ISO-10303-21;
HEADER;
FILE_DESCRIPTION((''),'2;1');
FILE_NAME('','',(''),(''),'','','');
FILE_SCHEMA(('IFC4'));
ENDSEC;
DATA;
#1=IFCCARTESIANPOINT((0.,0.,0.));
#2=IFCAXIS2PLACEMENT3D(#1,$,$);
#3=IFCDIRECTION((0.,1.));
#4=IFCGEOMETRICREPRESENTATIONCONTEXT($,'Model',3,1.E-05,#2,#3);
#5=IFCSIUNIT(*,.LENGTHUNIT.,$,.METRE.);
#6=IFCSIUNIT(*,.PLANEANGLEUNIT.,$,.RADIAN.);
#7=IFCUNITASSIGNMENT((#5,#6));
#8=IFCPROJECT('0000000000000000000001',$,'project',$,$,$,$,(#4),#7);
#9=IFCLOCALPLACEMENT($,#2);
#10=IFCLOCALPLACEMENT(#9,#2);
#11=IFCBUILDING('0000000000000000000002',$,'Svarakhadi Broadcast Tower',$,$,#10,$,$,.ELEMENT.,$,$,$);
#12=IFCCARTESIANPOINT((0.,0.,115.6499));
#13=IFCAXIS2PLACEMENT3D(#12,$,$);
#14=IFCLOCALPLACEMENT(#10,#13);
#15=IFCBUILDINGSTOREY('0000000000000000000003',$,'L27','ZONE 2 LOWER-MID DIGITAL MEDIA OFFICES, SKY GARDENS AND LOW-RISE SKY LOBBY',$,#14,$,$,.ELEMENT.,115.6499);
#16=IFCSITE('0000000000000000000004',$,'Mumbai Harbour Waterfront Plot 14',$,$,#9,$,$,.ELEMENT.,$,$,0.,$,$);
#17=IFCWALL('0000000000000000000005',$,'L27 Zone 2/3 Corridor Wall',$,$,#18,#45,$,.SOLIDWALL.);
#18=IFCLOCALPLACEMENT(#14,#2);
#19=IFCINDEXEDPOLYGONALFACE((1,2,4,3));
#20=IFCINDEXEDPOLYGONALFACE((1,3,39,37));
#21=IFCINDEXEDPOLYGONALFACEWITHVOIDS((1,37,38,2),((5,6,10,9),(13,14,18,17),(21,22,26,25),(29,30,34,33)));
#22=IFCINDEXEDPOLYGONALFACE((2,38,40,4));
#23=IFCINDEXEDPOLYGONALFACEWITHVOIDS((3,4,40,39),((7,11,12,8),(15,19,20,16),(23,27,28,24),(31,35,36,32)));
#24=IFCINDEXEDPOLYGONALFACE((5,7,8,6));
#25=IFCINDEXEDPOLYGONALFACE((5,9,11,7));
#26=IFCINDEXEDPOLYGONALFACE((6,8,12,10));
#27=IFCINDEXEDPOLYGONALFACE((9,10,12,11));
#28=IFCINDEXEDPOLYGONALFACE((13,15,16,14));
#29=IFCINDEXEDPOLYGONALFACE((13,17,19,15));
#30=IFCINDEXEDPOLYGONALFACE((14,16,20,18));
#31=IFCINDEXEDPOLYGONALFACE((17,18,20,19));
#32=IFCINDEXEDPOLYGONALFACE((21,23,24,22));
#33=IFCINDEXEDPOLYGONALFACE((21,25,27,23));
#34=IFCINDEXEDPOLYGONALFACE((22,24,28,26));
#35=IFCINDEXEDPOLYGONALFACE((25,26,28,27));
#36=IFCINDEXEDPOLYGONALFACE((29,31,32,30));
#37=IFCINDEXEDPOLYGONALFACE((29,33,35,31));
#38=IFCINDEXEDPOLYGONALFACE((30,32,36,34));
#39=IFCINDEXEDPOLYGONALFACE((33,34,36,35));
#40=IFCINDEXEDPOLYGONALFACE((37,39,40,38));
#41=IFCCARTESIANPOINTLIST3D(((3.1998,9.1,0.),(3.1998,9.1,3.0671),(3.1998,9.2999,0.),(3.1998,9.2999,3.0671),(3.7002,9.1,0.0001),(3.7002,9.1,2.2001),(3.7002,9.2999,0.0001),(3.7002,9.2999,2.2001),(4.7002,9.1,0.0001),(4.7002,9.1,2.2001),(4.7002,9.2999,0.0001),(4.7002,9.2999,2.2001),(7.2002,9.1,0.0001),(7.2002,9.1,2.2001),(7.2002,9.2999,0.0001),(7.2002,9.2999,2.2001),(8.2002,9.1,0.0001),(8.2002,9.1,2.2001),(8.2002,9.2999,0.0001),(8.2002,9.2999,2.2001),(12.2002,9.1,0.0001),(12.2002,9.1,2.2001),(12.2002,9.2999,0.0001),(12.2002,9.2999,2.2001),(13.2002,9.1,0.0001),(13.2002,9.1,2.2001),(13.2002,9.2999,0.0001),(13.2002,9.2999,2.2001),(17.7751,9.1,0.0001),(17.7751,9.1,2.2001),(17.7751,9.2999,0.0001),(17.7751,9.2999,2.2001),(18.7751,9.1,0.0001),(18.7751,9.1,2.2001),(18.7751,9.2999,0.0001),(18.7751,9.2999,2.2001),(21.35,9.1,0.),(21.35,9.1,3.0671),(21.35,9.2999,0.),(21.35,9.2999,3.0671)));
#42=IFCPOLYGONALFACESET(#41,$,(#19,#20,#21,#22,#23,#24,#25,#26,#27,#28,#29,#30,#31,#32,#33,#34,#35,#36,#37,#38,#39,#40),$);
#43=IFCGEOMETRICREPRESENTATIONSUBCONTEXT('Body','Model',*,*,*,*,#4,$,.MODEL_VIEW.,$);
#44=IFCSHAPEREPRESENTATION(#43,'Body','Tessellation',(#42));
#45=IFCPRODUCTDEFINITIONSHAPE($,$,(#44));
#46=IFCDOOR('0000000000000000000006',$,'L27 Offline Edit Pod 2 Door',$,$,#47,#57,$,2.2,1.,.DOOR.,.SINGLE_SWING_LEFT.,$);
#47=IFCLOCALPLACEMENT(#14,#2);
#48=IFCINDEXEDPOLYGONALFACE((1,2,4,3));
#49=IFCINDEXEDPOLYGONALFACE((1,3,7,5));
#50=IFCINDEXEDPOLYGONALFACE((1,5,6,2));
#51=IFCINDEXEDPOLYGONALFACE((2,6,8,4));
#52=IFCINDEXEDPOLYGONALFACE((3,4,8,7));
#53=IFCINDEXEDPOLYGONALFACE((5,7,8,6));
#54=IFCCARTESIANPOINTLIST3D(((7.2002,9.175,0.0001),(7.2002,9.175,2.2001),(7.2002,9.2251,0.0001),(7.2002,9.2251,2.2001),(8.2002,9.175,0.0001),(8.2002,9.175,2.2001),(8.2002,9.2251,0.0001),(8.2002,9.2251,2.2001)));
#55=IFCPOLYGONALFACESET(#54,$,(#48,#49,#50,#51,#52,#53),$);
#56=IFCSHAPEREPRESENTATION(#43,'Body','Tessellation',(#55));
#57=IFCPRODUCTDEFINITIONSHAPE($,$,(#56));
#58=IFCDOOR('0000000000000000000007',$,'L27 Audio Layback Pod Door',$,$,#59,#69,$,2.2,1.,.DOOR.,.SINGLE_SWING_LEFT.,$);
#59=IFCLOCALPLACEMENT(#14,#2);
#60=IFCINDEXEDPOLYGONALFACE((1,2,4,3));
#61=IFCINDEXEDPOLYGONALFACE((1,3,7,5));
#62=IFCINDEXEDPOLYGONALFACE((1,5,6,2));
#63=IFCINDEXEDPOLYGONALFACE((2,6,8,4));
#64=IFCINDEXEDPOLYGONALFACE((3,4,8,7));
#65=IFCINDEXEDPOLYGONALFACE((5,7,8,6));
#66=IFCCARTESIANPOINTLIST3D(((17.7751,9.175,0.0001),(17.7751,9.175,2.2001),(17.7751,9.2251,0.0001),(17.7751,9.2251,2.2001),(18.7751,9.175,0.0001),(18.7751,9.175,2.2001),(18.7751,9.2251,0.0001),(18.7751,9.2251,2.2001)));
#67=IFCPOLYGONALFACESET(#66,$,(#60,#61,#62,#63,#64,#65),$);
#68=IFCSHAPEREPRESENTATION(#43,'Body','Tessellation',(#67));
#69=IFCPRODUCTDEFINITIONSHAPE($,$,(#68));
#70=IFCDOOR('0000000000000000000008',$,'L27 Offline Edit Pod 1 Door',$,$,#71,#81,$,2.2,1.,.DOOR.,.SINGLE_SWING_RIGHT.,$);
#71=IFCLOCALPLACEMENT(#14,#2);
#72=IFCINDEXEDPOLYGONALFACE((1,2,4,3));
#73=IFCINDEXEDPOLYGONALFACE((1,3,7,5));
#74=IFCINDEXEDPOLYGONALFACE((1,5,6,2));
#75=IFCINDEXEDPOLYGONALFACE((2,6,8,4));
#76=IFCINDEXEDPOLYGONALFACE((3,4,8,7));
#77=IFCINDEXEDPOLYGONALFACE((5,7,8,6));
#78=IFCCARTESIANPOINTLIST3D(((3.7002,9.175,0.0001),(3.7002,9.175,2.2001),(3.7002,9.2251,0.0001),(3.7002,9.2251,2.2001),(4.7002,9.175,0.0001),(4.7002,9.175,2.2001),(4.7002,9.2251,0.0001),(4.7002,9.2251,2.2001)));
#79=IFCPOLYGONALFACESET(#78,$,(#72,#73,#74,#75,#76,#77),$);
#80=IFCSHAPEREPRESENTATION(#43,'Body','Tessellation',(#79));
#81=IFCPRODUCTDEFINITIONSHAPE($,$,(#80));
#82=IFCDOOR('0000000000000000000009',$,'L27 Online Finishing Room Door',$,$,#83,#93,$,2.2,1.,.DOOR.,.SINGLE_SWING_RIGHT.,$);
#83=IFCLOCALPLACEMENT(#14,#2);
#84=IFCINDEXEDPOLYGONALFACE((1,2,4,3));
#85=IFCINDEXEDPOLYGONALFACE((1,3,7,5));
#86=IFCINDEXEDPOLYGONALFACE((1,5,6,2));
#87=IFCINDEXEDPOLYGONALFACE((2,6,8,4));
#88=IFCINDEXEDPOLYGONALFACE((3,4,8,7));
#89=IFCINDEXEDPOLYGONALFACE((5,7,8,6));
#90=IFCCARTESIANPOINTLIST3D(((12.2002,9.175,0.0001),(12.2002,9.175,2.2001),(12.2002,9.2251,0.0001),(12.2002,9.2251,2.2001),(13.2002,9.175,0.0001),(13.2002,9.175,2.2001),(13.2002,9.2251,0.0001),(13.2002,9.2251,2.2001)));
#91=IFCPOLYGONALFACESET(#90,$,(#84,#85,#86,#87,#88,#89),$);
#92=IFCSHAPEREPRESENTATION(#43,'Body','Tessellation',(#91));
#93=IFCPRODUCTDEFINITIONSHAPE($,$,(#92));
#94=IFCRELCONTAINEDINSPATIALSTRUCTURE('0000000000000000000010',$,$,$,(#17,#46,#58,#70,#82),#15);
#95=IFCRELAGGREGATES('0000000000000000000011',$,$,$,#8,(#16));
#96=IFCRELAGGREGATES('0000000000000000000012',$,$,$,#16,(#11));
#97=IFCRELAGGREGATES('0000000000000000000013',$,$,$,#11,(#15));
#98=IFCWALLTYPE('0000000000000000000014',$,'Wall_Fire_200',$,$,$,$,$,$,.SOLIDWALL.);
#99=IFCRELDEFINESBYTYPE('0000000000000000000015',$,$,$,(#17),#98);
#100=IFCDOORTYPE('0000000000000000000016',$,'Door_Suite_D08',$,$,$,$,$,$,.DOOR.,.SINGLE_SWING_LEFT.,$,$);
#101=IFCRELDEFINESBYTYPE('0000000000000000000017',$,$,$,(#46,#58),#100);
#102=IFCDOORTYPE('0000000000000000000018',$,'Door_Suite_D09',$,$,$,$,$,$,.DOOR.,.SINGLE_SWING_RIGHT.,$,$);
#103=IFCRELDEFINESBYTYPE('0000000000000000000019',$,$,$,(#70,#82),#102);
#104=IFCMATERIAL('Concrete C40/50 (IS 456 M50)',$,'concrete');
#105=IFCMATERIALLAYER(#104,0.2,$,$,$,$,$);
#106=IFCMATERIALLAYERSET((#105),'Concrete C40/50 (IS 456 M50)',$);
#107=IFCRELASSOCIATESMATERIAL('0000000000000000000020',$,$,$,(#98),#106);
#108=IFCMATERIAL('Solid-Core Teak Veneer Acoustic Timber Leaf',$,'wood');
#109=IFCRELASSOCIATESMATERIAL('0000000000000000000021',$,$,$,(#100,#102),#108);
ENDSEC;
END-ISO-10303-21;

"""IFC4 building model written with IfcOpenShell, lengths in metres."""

from ifc_helpers import new_model, si_unit, direction, frame, frame_2d, origin, place, context, subcontext, project, spatial, rectangle, extrude, material, layer, layer_set, type_object, element, fill, save


model = new_model("IFC4")

# Units and contexts
model_context = context("Model", 3, precision=1e-05, world=origin(), true_north=direction((0.0, 1.0)))
body_context = subcontext(model_context, "Body", "Model", "MODEL_VIEW")
ifc_project = project(units=[si_unit("LENGTHUNIT", "METRE"), si_unit("PLANEANGLEUNIT", "RADIAN")], contexts=[model_context])

# Site, building, storey
site_placement = place(None, origin())
site = spatial("IfcSite", under=ifc_project, at=site_placement, Name="Mumbai Harbour Waterfront Plot 14", CompositionType="ELEMENT", RefElevation=0.0)
building_placement = place(site_placement, origin())
building = spatial("IfcBuilding", under=site, at=building_placement, Name="Svarakhadi Broadcast Tower", CompositionType="ELEMENT")
storey_placement = place(building_placement, frame((0.0, 0.0, 115.6499)))
storey = spatial("IfcBuildingStorey", under=building, at=storey_placement, Name="L27", Description="ZONE 2 LOWER-MID DIGITAL MEDIA OFFICES, SKY GARDENS AND LOW-RISE SKY LOBBY", CompositionType="ELEMENT", Elevation=115.6499)

# Shared definitions
ifc_material_1 = material(Name="Concrete C40/50 (IS 456 M50)", Category="concrete")
ifc_layer_1 = layer(ifc_material_1, 0.2)
ifc_layer_set_1 = layer_set([ifc_layer_1], Name="Concrete C40/50 (IS 456 M50)")
wall_type = type_object("IfcWallType", Name="Wall_Fire_200", PredefinedType="SOLIDWALL", material=ifc_layer_set_1)

# Wall, openings, doors
wall_1_placement = place(storey_placement, frame((21.3501, 9.2, 0.0), z_axis=(0.0, 0.0, 1.0), x_axis=(-1.0, 0.0, 0.0)))
wall_1 = element("IfcWall", 1, at=wall_1_placement, inside=storey, type_object=wall_type, Name="L27 Zone 2/3 Corridor Wall", PredefinedType="SOLIDWALL", context=body_context, shape_type="SweptSolid", body=[
    extrude(rectangle(XDim=18.1501, YDim=0.2, at=frame_2d((9.0752, 0.0))), origin(), (0.0, 0.0, 1.0), 3.0671),
])
opening_1_placement = place(wall_1_placement, frame((16.6499, 0.0, 0.0)))
opening_1 = element("IfcOpeningElement", 2, at=opening_1_placement, cuts=wall_1, PredefinedType="OPENING", context=body_context, shape_type="SweptSolid", body=[
    extrude(rectangle(XDim=1.0, YDim=2.2, at=frame_2d((0.5, 1.1001))), frame((0.0, 0.1099, 0.0), z_axis=(0.0, -1.0, 0.0), x_axis=(1.0, 0.0, 0.0)), (0.0, 0.0, 1.0), 0.22),
])
opening_2_placement = place(wall_1_placement, frame((13.1499, 0.0, 0.0)))
opening_2 = element("IfcOpeningElement", 3, at=opening_2_placement, cuts=wall_1, PredefinedType="OPENING", context=body_context, shape_type="SweptSolid", body=[
    extrude(rectangle(XDim=1.0, YDim=2.2, at=frame_2d((0.5, 1.1001))), frame((0.0, 0.1099, 0.0), z_axis=(0.0, -1.0, 0.0), x_axis=(1.0, 0.0, 0.0)), (0.0, 0.0, 1.0), 0.22),
])
opening_3_placement = place(wall_1_placement, frame((8.1499, 0.0, 0.0)))
opening_3 = element("IfcOpeningElement", 4, at=opening_3_placement, cuts=wall_1, PredefinedType="OPENING", context=body_context, shape_type="SweptSolid", body=[
    extrude(rectangle(XDim=1.0, YDim=2.2, at=frame_2d((0.5, 1.1001))), frame((0.0, 0.1099, 0.0), z_axis=(0.0, -1.0, 0.0), x_axis=(1.0, 0.0, 0.0)), (0.0, 0.0, 1.0), 0.22),
])
opening_4_placement = place(wall_1_placement, frame((2.575, 0.0, 0.0)))
opening_4 = element("IfcOpeningElement", 5, at=opening_4_placement, cuts=wall_1, PredefinedType="OPENING", context=body_context, shape_type="SweptSolid", body=[
    extrude(rectangle(XDim=1.0, YDim=2.2, at=frame_2d((0.5, 1.1001))), frame((0.0, 0.1099, 0.0), z_axis=(0.0, -1.0, 0.0), x_axis=(1.0, 0.0, 0.0)), (0.0, 0.0, 1.0), 0.22),
])
ifc_material_2 = material(Name="Solid-Core Teak Veneer Acoustic Timber Leaf", Category="wood")
door_type_1 = type_object("IfcDoorType", Name="Door_Suite_D08", OperationType="SINGLE_SWING_LEFT", PredefinedType="DOOR", material=ifc_material_2)
door_1_placement = place(opening_2_placement, origin())
door_1 = element("IfcDoor", 6, at=door_1_placement, inside=storey, type_object=door_type_1, Name="L27 Offline Edit Pod 2 Door", OperationType="SINGLE_SWING_LEFT", OverallHeight=2.2, OverallWidth=1.0, PredefinedType="DOOR", context=body_context, shape_type="SweptSolid", body=[
    extrude(rectangle(XDim=1.0, YDim=2.2, at=frame_2d((0.5, 1.1001))), frame((0.0, 0.0249, 0.0), z_axis=(0.0, -1.0, 0.0), x_axis=(1.0, 0.0, 0.0)), (0.0, 0.0, 1.0), 0.05),
])
fill(opening_2, door_1)
door_2_placement = place(opening_4_placement, origin())
door_2 = element("IfcDoor", 7, at=door_2_placement, inside=storey, type_object=door_type_1, Name="L27 Audio Layback Pod Door", OperationType="SINGLE_SWING_LEFT", OverallHeight=2.2, OverallWidth=1.0, PredefinedType="DOOR", context=body_context, shape_type="SweptSolid", body=[
    extrude(rectangle(XDim=1.0, YDim=2.2, at=frame_2d((0.5, 1.1001))), frame((0.0, 0.0249, 0.0), z_axis=(0.0, -1.0, 0.0), x_axis=(1.0, 0.0, 0.0)), (0.0, 0.0, 1.0), 0.05),
])
fill(opening_4, door_2)
door_type_2 = type_object("IfcDoorType", Name="Door_Suite_D09", OperationType="SINGLE_SWING_RIGHT", PredefinedType="DOOR", material=ifc_material_2)
door_3_placement = place(opening_1_placement, origin())
door_3 = element("IfcDoor", 8, at=door_3_placement, inside=storey, type_object=door_type_2, Name="L27 Offline Edit Pod 1 Door", OperationType="SINGLE_SWING_RIGHT", OverallHeight=2.2, OverallWidth=1.0, PredefinedType="DOOR", context=body_context, shape_type="SweptSolid", body=[
    extrude(rectangle(XDim=1.0, YDim=2.2, at=frame_2d((0.5, 1.1001))), frame((0.0, 0.0249, 0.0), z_axis=(0.0, -1.0, 0.0), x_axis=(1.0, 0.0, 0.0)), (0.0, 0.0, 1.0), 0.05),
])
fill(opening_1, door_3)
door_4_placement = place(opening_3_placement, origin())
door_4 = element("IfcDoor", 9, at=door_4_placement, inside=storey, type_object=door_type_2, Name="L27 Online Finishing Room Door", OperationType="SINGLE_SWING_RIGHT", OverallHeight=2.2, OverallWidth=1.0, PredefinedType="DOOR", context=body_context, shape_type="SweptSolid", body=[
    extrude(rectangle(XDim=1.0, YDim=2.2, at=frame_2d((0.5, 1.1001))), frame((0.0, 0.0249, 0.0), z_axis=(0.0, -1.0, 0.0), x_axis=(1.0, 0.0, 0.0)), (0.0, 0.0, 1.0), 0.05),
])
fill(opening_3, door_4)

save(model, "model.ifc")
